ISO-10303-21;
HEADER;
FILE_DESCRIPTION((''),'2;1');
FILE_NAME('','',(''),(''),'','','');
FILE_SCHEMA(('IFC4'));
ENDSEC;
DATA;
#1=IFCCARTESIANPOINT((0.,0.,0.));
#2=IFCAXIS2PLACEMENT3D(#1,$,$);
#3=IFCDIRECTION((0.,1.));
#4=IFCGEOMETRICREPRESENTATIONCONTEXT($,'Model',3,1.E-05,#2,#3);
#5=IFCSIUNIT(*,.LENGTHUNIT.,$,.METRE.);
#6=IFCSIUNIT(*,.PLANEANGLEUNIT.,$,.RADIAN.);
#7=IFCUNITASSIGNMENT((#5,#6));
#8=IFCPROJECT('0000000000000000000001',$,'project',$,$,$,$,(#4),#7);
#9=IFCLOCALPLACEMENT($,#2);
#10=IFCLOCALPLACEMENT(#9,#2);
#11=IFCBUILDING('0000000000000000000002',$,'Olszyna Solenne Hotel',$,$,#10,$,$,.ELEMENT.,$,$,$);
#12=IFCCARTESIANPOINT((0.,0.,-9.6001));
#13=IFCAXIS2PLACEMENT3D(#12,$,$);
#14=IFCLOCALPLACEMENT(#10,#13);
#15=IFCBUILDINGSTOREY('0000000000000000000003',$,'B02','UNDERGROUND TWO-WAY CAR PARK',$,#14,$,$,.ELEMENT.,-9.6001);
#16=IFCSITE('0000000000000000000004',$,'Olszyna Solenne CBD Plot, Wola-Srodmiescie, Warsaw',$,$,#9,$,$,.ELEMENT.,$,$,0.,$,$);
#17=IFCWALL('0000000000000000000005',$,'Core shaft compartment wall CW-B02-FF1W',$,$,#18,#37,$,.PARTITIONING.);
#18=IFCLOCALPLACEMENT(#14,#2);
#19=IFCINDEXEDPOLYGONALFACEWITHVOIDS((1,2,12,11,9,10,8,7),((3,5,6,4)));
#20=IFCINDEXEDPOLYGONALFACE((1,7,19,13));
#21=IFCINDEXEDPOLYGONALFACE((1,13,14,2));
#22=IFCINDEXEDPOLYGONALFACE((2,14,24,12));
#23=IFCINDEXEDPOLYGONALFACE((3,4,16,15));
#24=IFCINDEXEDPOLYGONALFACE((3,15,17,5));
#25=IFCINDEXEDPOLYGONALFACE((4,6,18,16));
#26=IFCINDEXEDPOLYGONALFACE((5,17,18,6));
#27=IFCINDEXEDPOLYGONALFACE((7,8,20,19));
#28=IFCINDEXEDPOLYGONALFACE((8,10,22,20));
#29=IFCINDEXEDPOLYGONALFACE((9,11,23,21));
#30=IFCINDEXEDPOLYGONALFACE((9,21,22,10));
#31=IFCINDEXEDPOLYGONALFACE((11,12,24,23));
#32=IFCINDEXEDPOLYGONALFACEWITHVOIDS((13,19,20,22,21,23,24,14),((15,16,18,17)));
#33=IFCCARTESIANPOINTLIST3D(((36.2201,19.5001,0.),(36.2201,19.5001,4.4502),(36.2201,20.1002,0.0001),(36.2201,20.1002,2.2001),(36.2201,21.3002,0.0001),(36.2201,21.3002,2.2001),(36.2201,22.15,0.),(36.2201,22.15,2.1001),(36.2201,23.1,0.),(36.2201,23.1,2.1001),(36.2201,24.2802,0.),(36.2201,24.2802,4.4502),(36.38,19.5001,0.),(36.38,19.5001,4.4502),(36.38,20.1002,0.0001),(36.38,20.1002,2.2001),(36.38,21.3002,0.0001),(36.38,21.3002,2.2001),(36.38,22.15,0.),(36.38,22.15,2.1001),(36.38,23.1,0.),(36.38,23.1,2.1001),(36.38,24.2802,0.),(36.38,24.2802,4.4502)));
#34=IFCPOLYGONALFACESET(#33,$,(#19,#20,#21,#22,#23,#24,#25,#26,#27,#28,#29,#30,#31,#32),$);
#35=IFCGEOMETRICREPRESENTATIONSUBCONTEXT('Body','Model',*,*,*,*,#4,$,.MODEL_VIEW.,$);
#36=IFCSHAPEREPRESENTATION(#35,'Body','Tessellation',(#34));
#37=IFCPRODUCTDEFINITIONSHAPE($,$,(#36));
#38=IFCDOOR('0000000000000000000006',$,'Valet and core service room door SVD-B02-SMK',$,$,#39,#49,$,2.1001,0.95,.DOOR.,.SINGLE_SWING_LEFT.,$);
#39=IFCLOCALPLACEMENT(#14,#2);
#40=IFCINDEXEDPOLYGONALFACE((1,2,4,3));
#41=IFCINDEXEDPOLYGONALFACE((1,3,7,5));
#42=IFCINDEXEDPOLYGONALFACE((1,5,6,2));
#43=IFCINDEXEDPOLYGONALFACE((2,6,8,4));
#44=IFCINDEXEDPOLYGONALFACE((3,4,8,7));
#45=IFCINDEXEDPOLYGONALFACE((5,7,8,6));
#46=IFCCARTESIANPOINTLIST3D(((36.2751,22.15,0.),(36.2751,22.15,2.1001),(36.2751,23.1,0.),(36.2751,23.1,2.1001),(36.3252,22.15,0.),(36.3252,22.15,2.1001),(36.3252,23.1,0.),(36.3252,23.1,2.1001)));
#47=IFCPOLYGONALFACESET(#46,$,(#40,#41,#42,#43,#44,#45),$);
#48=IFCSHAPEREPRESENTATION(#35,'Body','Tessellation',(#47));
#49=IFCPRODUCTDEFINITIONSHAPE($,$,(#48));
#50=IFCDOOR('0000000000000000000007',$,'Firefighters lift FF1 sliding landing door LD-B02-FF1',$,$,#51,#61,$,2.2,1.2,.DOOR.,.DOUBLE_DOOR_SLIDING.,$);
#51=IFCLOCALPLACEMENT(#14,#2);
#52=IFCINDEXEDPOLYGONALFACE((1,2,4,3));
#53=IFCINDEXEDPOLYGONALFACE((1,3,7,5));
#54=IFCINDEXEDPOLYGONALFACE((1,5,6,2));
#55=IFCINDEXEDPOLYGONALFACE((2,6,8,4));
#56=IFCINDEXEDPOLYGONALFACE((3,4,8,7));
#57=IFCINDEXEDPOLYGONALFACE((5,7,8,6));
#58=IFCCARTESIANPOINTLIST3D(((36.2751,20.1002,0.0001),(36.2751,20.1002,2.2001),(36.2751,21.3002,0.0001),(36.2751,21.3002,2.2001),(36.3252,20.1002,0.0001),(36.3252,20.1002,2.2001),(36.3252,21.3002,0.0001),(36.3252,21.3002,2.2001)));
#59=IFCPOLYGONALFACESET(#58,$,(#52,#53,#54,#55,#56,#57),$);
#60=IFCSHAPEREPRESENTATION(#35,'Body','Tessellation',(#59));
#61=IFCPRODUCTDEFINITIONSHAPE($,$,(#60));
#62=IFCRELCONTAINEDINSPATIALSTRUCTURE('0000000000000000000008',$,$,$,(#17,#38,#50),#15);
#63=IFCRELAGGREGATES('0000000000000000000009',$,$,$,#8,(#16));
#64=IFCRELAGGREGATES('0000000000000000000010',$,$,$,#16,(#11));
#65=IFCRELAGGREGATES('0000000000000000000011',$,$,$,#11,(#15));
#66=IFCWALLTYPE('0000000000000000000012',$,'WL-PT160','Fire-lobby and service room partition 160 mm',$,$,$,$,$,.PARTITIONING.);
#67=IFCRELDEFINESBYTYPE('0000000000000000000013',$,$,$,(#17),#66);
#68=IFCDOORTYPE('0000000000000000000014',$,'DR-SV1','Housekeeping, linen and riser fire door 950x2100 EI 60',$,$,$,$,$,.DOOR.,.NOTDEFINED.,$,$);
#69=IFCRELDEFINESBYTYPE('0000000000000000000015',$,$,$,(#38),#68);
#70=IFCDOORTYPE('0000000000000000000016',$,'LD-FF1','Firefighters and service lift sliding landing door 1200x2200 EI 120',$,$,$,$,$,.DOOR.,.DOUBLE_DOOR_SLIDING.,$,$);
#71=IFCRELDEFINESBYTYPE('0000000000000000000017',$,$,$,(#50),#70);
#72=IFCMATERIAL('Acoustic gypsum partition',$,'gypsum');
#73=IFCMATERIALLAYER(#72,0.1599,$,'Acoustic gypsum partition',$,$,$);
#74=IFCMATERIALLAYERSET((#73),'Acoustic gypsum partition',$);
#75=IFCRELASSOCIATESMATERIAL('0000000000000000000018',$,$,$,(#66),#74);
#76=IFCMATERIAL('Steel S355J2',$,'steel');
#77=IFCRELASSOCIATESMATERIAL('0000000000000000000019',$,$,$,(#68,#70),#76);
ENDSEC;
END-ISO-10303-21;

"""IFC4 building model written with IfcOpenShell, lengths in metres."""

from ifc_helpers import new_model, si_unit, direction, frame, frame_2d, origin, place, context, subcontext, project, spatial, rectangle, extrude, source, transform, mapped, material, layer, layer_set, type_object, type_shapes, element, fill, save


model = new_model("IFC4")

# Units and contexts
model_context = context("Model", 3, precision=1e-05, world=origin(), true_north=direction((0.0, 1.0)))
body_context = subcontext(model_context, "Body", "Model", "MODEL_VIEW")
ifc_project = project(units=[si_unit("LENGTHUNIT", "METRE"), si_unit("PLANEANGLEUNIT", "RADIAN")], contexts=[model_context])

# Site, building, storey
site_placement = place(None, origin())
site = spatial("IfcSite", under=ifc_project, at=site_placement, Name="Olszyna Solenne CBD Plot, Wola-Srodmiescie, Warsaw", CompositionType="ELEMENT", RefElevation=0.0)
building_placement = place(site_placement, origin())
building = spatial("IfcBuilding", under=site, at=building_placement, Name="Olszyna Solenne Hotel", CompositionType="ELEMENT")
storey_placement = place(building_placement, frame((0.0, 0.0, -9.6001)))
storey = spatial("IfcBuildingStorey", under=building, at=storey_placement, Name="B02", Description="UNDERGROUND TWO-WAY CAR PARK", CompositionType="ELEMENT", Elevation=-9.6001)

# Shared definitions
ifc_material_1 = material(Name="Acoustic gypsum partition", Category="gypsum")
ifc_layer = layer(ifc_material_1, 0.1599, Name="Acoustic gypsum partition")
ifc_layer_set = layer_set([ifc_layer], Name="Acoustic gypsum partition")
wall_type = type_object("IfcWallType", Name="WL-PT160", Description="Fire-lobby and service room partition 160 mm", PredefinedType="PARTITIONING", material=ifc_layer_set)
ifc_material_2 = material(Name="Steel S355J2", Category="steel")

# Wall, openings, doors
wall_1_placement = place(storey_placement, frame((36.3, 19.5, 0.0), z_axis=(0.0, 0.0, 1.0), x_axis=(0.0, 1.0, 0.0)))
wall_1 = element("IfcWall", 1, at=wall_1_placement, inside=storey, type_object=wall_type, Name="Core shaft compartment wall CW-B02-FF1W", PredefinedType="PARTITIONING", context=body_context, shape_type="SweptSolid", body=[
    extrude(rectangle(XDim=4.78, YDim=0.1599, at=frame_2d((2.3901, 0.0))), origin(), (0.0, 0.0, 1.0), 4.4502),
])
opening_1_placement = place(wall_1_placement, frame((0.6001, 0.0, 0.0)))
opening_1 = element("IfcOpeningElement", 2, at=opening_1_placement, cuts=wall_1, PredefinedType="OPENING", context=body_context, shape_type="SweptSolid", body=[
    extrude(rectangle(XDim=1.2, YDim=2.2, at=frame_2d((0.6001, 1.1001))), frame((0.0, 0.0898, 0.0), z_axis=(0.0, -1.0, 0.0), x_axis=(1.0, 0.0, 0.0)), (0.0, 0.0, 1.0), 0.1799),
])
opening_2_placement = place(wall_1_placement, frame((2.6499, 0.0, 0.0)))
opening_2 = element("IfcOpeningElement", 3, at=opening_2_placement, cuts=wall_1, PredefinedType="OPENING", context=body_context, shape_type="SweptSolid", body=[
    extrude(rectangle(XDim=0.95, YDim=2.1001, at=frame_2d((0.4751, 1.05))), frame((0.0, 0.0898, 0.0), z_axis=(0.0, -1.0, 0.0), x_axis=(1.0, 0.0, 0.0)), (0.0, 0.0, 1.0), 0.1799),
])
door_type_1 = type_object("IfcDoorType", Name="DR-SV1", Description="Housekeeping, linen and riser fire door 950x2100 EI 60", OperationType="NOTDEFINED", PredefinedType="DOOR", material=ifc_material_2)
shared_shape_1 = source(origin(), body_context, "Body", "SweptSolid", [
    extrude(rectangle(XDim=0.95, YDim=2.1001, at=frame_2d((0.4751, 1.05))), frame((0.0, 0.0249, 0.0), z_axis=(0.0, -1.0, 0.0), x_axis=(1.0, 0.0, 0.0)), (0.0, 0.0, 1.0), 0.05),
])
type_shapes(door_type_1, [shared_shape_1])
door_1_placement = place(opening_2_placement, origin())
door_1 = element("IfcDoor", 4, at=door_1_placement, inside=storey, type_object=door_type_1, Name="Valet and core service room door SVD-B02-SMK", OperationType="SINGLE_SWING_LEFT", OverallHeight=2.1001, OverallWidth=0.95, PredefinedType="DOOR", context=body_context, shape_type="MappedRepresentation", body=[
    mapped(shared_shape_1, transform((0.0, 0.0, 0.0), x_axis=(1.0, 0.0, 0.0), y_axis=(0.0, 1.0, 0.0), z_axis=(0.0, 0.0, 1.0), scale=1.0)),
])
fill(opening_2, door_1)
door_type_2 = type_object("IfcDoorType", Name="LD-FF1", Description="Firefighters and service lift sliding landing door 1200x2200 EI 120", OperationType="DOUBLE_DOOR_SLIDING", PredefinedType="DOOR", material=ifc_material_2)
shared_shape_2 = source(origin(), body_context, "Body", "SweptSolid", [
    extrude(rectangle(XDim=1.2, YDim=2.2, at=frame_2d((0.6001, 1.1001))), frame((0.0, 0.0249, 0.0), z_axis=(0.0, -1.0, 0.0), x_axis=(1.0, 0.0, 0.0)), (0.0, 0.0, 1.0), 0.05),
])
type_shapes(door_type_2, [shared_shape_2])
door_2_placement = place(opening_1_placement, origin())
door_2 = element("IfcDoor", 5, at=door_2_placement, inside=storey, type_object=door_type_2, Name="Firefighters lift FF1 sliding landing door LD-B02-FF1", OperationType="DOUBLE_DOOR_SLIDING", OverallHeight=2.2, OverallWidth=1.2, PredefinedType="DOOR", context=body_context, shape_type="MappedRepresentation", body=[
    mapped(shared_shape_2, transform((0.0, 0.0, 0.0), x_axis=(1.0, 0.0, 0.0), y_axis=(0.0, 1.0, 0.0), z_axis=(0.0, 0.0, 1.0), scale=1.0)),
])
fill(opening_1, door_2)

save(model, "model.ifc")
